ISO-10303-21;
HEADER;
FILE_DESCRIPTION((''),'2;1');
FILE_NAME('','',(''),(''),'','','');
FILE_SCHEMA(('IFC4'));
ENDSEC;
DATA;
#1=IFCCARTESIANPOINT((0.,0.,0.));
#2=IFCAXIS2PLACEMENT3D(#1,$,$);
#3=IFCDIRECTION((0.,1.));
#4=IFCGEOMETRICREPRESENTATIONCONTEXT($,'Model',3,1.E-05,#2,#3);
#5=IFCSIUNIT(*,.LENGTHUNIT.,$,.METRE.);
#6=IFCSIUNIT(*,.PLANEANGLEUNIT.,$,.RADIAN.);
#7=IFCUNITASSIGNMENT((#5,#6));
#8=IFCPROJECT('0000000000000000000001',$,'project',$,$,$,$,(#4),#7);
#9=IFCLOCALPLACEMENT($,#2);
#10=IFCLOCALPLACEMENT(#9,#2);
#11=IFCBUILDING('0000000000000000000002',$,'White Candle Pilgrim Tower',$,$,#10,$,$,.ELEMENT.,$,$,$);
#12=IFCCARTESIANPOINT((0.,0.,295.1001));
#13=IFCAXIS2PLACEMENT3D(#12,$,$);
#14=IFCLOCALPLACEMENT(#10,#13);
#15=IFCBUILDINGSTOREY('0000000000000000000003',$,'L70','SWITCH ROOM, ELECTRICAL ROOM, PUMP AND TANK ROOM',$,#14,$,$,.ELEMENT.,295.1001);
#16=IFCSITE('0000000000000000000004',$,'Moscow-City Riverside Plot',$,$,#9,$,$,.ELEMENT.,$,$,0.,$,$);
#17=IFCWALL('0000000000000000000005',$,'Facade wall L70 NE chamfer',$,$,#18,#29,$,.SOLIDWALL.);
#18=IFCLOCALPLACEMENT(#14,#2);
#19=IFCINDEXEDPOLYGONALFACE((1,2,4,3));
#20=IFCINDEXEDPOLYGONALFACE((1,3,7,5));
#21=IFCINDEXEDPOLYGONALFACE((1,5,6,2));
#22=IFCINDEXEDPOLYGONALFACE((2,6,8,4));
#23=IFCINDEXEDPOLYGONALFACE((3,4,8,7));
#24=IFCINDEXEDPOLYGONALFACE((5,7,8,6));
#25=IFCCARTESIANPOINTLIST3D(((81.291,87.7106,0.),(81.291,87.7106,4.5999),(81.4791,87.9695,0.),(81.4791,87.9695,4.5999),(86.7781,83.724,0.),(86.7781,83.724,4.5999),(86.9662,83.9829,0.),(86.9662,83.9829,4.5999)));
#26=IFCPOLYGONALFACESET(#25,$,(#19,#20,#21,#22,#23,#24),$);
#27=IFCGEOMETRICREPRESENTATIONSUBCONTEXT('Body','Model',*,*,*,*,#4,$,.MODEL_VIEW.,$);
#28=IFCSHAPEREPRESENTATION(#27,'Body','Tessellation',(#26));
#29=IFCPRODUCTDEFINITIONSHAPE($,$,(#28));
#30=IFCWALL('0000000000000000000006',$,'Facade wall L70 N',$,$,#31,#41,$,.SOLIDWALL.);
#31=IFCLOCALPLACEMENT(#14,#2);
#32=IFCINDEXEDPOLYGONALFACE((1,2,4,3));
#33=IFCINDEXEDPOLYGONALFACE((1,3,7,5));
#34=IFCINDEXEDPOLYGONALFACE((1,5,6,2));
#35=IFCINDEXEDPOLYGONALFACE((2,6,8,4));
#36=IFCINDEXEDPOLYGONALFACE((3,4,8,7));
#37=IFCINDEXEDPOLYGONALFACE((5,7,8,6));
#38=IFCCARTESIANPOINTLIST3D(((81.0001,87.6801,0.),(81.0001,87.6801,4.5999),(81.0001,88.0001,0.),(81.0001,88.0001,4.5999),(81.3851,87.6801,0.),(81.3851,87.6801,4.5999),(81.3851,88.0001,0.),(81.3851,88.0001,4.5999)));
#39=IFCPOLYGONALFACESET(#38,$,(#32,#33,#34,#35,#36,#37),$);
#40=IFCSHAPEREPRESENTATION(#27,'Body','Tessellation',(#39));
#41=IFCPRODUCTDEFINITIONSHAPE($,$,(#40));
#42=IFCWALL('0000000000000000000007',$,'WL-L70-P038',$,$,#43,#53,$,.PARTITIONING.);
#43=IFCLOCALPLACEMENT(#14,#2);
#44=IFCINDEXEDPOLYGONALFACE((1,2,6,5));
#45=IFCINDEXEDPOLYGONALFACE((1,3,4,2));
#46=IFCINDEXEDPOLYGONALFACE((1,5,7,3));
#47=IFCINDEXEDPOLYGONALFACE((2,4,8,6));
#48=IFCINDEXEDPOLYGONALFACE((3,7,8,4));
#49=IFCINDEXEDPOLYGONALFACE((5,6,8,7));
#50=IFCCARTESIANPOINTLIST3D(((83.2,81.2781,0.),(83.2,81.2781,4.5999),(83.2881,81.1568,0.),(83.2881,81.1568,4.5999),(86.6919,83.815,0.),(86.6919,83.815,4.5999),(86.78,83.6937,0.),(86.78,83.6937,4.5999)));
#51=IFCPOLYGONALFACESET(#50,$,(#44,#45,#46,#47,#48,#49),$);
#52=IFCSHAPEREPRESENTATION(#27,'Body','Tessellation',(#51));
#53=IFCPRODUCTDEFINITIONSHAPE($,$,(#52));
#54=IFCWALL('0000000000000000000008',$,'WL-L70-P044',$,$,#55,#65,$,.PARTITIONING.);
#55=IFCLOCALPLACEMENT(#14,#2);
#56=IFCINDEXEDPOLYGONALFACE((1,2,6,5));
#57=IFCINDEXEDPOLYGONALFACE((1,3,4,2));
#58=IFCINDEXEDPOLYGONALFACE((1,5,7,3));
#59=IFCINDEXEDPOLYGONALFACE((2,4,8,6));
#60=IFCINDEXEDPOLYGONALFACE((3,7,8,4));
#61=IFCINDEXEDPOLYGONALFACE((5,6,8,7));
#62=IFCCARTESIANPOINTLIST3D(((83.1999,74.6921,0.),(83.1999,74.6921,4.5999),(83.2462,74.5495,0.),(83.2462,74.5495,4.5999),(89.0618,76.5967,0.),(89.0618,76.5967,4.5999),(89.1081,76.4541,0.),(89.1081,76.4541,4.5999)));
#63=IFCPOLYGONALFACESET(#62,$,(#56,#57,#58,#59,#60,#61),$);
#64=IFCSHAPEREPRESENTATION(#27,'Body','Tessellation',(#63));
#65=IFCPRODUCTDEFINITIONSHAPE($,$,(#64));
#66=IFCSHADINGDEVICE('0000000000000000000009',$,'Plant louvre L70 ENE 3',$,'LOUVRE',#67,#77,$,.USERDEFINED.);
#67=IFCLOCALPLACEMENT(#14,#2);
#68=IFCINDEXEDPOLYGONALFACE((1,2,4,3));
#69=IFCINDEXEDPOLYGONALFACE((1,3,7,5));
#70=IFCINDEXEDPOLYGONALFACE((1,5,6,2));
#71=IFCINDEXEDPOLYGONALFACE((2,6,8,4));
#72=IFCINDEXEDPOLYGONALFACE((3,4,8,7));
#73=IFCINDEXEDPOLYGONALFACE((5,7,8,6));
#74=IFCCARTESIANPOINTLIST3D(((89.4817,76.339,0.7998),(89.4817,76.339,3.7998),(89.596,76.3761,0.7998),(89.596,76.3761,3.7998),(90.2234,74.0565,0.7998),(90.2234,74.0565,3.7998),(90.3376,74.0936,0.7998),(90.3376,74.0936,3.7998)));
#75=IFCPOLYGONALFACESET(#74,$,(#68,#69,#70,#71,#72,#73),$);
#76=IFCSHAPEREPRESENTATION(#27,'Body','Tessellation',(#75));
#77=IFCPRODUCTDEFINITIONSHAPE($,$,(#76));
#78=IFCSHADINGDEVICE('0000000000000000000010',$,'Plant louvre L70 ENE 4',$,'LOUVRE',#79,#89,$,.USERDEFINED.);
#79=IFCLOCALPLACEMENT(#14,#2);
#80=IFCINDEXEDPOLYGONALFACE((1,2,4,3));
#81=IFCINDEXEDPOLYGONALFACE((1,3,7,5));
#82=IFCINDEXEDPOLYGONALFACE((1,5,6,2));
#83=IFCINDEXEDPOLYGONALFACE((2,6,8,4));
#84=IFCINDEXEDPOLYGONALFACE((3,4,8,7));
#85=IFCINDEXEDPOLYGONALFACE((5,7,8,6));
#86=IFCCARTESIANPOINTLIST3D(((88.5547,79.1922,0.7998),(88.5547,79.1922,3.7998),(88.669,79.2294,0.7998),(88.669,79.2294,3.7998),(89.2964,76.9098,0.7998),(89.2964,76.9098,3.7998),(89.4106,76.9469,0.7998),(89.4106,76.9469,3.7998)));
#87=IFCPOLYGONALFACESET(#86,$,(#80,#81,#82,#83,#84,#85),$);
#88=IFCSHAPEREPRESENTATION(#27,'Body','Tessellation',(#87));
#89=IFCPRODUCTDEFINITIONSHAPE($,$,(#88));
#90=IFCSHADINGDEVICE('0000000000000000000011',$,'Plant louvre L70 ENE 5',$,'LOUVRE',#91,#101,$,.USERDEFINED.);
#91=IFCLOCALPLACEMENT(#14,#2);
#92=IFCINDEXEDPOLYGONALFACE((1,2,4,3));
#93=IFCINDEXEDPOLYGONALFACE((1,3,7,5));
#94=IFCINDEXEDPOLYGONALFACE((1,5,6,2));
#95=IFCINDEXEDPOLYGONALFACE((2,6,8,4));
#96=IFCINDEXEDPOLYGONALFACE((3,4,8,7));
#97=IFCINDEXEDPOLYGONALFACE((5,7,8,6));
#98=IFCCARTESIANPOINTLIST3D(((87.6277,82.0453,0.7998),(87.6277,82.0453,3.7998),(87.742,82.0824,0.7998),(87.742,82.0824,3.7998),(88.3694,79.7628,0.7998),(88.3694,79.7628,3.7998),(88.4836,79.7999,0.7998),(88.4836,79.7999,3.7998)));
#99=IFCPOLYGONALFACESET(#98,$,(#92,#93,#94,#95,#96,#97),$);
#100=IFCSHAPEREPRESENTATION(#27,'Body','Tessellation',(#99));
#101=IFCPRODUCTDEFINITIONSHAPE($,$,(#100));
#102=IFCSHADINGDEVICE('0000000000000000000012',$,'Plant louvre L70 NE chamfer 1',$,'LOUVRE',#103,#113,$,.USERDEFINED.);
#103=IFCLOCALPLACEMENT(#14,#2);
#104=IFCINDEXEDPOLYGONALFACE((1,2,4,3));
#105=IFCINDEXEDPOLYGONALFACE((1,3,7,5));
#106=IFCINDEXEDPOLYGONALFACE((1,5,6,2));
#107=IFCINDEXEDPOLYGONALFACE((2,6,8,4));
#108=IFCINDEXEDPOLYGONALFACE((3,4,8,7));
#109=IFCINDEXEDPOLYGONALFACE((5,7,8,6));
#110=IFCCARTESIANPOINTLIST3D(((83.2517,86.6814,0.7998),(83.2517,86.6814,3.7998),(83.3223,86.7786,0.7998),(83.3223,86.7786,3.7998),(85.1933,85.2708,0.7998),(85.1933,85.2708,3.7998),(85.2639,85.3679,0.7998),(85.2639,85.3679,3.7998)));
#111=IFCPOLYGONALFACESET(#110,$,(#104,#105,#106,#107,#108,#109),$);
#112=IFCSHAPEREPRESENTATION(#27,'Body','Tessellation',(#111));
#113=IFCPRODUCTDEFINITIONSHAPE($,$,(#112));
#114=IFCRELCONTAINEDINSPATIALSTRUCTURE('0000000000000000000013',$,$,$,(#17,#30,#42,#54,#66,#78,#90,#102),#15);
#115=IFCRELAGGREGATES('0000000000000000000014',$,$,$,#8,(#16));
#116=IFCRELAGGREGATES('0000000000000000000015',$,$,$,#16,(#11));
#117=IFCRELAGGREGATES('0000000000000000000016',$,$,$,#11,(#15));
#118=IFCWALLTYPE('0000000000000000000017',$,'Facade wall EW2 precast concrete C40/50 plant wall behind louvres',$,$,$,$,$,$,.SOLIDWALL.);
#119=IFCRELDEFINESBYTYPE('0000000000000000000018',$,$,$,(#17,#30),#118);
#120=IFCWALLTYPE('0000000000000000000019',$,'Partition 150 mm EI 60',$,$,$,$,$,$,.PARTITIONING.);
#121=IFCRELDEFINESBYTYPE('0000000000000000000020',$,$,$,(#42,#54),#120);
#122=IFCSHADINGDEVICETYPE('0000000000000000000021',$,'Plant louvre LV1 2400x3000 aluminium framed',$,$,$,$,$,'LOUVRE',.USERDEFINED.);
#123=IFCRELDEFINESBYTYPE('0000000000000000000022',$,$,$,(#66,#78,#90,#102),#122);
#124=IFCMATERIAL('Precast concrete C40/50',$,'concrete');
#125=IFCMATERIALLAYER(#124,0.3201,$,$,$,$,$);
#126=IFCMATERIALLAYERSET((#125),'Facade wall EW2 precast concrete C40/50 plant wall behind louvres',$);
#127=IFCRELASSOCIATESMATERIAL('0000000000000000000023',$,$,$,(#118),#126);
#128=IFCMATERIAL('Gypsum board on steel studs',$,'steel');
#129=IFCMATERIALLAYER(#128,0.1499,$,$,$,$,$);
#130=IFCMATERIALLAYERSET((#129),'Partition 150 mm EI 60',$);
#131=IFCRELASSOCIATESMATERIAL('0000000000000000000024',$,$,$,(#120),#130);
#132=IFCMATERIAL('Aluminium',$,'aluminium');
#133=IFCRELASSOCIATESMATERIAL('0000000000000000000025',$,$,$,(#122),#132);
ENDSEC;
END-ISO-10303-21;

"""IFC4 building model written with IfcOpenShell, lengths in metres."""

from ifc_helpers import new_model, si_unit, direction, frame, frame_2d, origin, origin_2d, place, context, subcontext, project, spatial, rectangle, extrude, material, layer, layer_set, type_object, element, save


model = new_model("IFC4")

# Units and contexts
model_context = context("Model", 3, precision=1e-05, world=origin(), true_north=direction((0.0, 1.0)))
body_context = subcontext(model_context, "Body", "Model", "MODEL_VIEW")
ifc_project = project(units=[si_unit("LENGTHUNIT", "METRE"), si_unit("PLANEANGLEUNIT", "RADIAN")], contexts=[model_context])

# Site, building, storey
site_placement = place(None, origin())
site = spatial("IfcSite", under=ifc_project, at=site_placement, Name="Moscow-City Riverside Plot", CompositionType="ELEMENT", RefElevation=0.0)
building_placement = place(site_placement, origin())
building = spatial("IfcBuilding", under=site, at=building_placement, Name="White Candle Pilgrim Tower", CompositionType="ELEMENT")
storey_placement = place(building_placement, frame((0.0, 0.0, 295.1001)))
storey = spatial("IfcBuildingStorey", under=building, at=storey_placement, Name="L70", Description="SWITCH ROOM, ELECTRICAL ROOM, PUMP AND TANK ROOM", CompositionType="ELEMENT", Elevation=295.1001)

# Shared definitions
ifc_material_1 = material(Name="Gypsum board on steel studs", Category="steel")

# Walls
ifc_material_2 = material(Name="Precast concrete C40/50", Category="concrete")
ifc_layer_1 = layer(ifc_material_2, 0.3201)
ifc_layer_set_1 = layer_set([ifc_layer_1], Name="Facade wall EW2 precast concrete C40/50 plant wall behind louvres")
wall_type_1 = type_object("IfcWallType", Name="Facade wall EW2 precast concrete C40/50 plant wall behind louvres", PredefinedType="SOLIDWALL", material=ifc_layer_set_1)
wall_1_placement = place(storey_placement, frame((86.8721, 83.8535, 0.0), z_axis=(0.0, 0.0, 1.0), x_axis=(-0.809018, 0.587784, 0.0)))
element("IfcWall", 1, at=wall_1_placement, inside=storey, type_object=wall_type_1, Name="Facade wall L70 NE chamfer", PredefinedType="SOLIDWALL", context=body_context, shape_type="SweptSolid", body=[
    extrude(rectangle(XDim=6.7825, YDim=0.3201, at=frame_2d((3.3911, 0.0))), origin(), (0.0, 0.0, 1.0), 4.5999),
])
wall_2_placement = place(storey_placement, frame((81.385, 87.8401, 0.0), z_axis=(0.0, 0.0, 1.0), x_axis=(-1.0, 0.0, 0.0)))
element("IfcWall", 2, at=wall_2_placement, inside=storey, type_object=wall_type_1, Name="Facade wall L70 N", PredefinedType="SOLIDWALL", context=body_context, shape_type="SweptSolid", body=[
    extrude(rectangle(XDim=0.385, YDim=0.3201, at=frame_2d((0.1924, 0.0))), origin(), (0.0, 0.0, 1.0), 4.5999),
])
ifc_layer_2 = layer(ifc_material_1, 0.1499)
ifc_layer_set_2 = layer_set([ifc_layer_2], Name="Partition 150 mm EI 60")
wall_type_2 = type_object("IfcWallType", Name="Partition 150 mm EI 60", PredefinedType="PARTITIONING", material=ifc_layer_set_2)
wall_3_placement = place(storey_placement, frame((86.7361, 83.7544, 0.0), z_axis=(0.0, 0.0, 1.0), x_axis=(-0.809037, -0.587758, 0.0)))
element("IfcWall", 3, at=wall_3_placement, inside=storey, type_object=wall_type_2, Name="WL-L70-P038", PredefinedType="PARTITIONING", context=body_context, shape_type="SweptSolid", body=[
    extrude(rectangle(XDim=4.3162, YDim=0.1499, at=frame_2d((2.1582, 0.0))), origin(), (0.0, 0.0, 1.0), 4.5999),
])
wall_4_placement = place(storey_placement, frame((89.085, 76.5254, 0.0), z_axis=(0.0, 0.0, 1.0), x_axis=(-0.95106, -0.309005, 0.0)))
element("IfcWall", 4, at=wall_4_placement, inside=storey, type_object=wall_type_2, Name="WL-L70-P044", PredefinedType="PARTITIONING", context=body_context, shape_type="SweptSolid", body=[
    extrude(rectangle(XDim=6.1636, YDim=0.1499, at=frame_2d((3.0818, 0.0))), origin(), (0.0, 0.0, 1.0), 4.5999),
])

# Shading devices
ifc_material_3 = material(Name="Aluminium", Category="aluminium")
shading_device_type = type_object("IfcShadingDeviceType", Name="Plant louvre LV1 2400x3000 aluminium framed", ElementType="LOUVRE", PredefinedType="USERDEFINED", material=ifc_material_3)
for number, where, z_axis, x_axis, name in (
    (5, (89.9097, 75.2163, 0.7998), (0.0, 0.0, 1.0), (-0.309017, 0.951057, 0.0), "Plant louvre L70 ENE 3"),
    (6, (88.9827, 78.0696, 0.7998), (0.0, 0.0, 1.0), (-0.309017, 0.951057, 0.0), "Plant louvre L70 ENE 4"),
    (7, (88.0557, 80.9226, 0.7998), (0.0, 0.0, 1.0), (-0.309017, 0.951057, 0.0), "Plant louvre L70 ENE 5"),
    (8, (84.2578, 86.0247, 0.7998), (0.0, 0.0, 1.0), (-0.809017, 0.587785, 0.0), "Plant louvre L70 NE chamfer 1"),
):
    element("IfcShadingDevice", number, at=place(storey_placement, frame(where, z_axis=z_axis, x_axis=x_axis)), inside=storey, type_object=shading_device_type, Name=name, ObjectType="LOUVRE", PredefinedType="USERDEFINED", context=body_context, shape_type="SweptSolid", body=[
        extrude(rectangle(XDim=2.3999, YDim=0.1201, at=origin_2d()), origin(), (0.0, 0.0, 1.0), 3.0),
    ])

save(model, "model.ifc")
